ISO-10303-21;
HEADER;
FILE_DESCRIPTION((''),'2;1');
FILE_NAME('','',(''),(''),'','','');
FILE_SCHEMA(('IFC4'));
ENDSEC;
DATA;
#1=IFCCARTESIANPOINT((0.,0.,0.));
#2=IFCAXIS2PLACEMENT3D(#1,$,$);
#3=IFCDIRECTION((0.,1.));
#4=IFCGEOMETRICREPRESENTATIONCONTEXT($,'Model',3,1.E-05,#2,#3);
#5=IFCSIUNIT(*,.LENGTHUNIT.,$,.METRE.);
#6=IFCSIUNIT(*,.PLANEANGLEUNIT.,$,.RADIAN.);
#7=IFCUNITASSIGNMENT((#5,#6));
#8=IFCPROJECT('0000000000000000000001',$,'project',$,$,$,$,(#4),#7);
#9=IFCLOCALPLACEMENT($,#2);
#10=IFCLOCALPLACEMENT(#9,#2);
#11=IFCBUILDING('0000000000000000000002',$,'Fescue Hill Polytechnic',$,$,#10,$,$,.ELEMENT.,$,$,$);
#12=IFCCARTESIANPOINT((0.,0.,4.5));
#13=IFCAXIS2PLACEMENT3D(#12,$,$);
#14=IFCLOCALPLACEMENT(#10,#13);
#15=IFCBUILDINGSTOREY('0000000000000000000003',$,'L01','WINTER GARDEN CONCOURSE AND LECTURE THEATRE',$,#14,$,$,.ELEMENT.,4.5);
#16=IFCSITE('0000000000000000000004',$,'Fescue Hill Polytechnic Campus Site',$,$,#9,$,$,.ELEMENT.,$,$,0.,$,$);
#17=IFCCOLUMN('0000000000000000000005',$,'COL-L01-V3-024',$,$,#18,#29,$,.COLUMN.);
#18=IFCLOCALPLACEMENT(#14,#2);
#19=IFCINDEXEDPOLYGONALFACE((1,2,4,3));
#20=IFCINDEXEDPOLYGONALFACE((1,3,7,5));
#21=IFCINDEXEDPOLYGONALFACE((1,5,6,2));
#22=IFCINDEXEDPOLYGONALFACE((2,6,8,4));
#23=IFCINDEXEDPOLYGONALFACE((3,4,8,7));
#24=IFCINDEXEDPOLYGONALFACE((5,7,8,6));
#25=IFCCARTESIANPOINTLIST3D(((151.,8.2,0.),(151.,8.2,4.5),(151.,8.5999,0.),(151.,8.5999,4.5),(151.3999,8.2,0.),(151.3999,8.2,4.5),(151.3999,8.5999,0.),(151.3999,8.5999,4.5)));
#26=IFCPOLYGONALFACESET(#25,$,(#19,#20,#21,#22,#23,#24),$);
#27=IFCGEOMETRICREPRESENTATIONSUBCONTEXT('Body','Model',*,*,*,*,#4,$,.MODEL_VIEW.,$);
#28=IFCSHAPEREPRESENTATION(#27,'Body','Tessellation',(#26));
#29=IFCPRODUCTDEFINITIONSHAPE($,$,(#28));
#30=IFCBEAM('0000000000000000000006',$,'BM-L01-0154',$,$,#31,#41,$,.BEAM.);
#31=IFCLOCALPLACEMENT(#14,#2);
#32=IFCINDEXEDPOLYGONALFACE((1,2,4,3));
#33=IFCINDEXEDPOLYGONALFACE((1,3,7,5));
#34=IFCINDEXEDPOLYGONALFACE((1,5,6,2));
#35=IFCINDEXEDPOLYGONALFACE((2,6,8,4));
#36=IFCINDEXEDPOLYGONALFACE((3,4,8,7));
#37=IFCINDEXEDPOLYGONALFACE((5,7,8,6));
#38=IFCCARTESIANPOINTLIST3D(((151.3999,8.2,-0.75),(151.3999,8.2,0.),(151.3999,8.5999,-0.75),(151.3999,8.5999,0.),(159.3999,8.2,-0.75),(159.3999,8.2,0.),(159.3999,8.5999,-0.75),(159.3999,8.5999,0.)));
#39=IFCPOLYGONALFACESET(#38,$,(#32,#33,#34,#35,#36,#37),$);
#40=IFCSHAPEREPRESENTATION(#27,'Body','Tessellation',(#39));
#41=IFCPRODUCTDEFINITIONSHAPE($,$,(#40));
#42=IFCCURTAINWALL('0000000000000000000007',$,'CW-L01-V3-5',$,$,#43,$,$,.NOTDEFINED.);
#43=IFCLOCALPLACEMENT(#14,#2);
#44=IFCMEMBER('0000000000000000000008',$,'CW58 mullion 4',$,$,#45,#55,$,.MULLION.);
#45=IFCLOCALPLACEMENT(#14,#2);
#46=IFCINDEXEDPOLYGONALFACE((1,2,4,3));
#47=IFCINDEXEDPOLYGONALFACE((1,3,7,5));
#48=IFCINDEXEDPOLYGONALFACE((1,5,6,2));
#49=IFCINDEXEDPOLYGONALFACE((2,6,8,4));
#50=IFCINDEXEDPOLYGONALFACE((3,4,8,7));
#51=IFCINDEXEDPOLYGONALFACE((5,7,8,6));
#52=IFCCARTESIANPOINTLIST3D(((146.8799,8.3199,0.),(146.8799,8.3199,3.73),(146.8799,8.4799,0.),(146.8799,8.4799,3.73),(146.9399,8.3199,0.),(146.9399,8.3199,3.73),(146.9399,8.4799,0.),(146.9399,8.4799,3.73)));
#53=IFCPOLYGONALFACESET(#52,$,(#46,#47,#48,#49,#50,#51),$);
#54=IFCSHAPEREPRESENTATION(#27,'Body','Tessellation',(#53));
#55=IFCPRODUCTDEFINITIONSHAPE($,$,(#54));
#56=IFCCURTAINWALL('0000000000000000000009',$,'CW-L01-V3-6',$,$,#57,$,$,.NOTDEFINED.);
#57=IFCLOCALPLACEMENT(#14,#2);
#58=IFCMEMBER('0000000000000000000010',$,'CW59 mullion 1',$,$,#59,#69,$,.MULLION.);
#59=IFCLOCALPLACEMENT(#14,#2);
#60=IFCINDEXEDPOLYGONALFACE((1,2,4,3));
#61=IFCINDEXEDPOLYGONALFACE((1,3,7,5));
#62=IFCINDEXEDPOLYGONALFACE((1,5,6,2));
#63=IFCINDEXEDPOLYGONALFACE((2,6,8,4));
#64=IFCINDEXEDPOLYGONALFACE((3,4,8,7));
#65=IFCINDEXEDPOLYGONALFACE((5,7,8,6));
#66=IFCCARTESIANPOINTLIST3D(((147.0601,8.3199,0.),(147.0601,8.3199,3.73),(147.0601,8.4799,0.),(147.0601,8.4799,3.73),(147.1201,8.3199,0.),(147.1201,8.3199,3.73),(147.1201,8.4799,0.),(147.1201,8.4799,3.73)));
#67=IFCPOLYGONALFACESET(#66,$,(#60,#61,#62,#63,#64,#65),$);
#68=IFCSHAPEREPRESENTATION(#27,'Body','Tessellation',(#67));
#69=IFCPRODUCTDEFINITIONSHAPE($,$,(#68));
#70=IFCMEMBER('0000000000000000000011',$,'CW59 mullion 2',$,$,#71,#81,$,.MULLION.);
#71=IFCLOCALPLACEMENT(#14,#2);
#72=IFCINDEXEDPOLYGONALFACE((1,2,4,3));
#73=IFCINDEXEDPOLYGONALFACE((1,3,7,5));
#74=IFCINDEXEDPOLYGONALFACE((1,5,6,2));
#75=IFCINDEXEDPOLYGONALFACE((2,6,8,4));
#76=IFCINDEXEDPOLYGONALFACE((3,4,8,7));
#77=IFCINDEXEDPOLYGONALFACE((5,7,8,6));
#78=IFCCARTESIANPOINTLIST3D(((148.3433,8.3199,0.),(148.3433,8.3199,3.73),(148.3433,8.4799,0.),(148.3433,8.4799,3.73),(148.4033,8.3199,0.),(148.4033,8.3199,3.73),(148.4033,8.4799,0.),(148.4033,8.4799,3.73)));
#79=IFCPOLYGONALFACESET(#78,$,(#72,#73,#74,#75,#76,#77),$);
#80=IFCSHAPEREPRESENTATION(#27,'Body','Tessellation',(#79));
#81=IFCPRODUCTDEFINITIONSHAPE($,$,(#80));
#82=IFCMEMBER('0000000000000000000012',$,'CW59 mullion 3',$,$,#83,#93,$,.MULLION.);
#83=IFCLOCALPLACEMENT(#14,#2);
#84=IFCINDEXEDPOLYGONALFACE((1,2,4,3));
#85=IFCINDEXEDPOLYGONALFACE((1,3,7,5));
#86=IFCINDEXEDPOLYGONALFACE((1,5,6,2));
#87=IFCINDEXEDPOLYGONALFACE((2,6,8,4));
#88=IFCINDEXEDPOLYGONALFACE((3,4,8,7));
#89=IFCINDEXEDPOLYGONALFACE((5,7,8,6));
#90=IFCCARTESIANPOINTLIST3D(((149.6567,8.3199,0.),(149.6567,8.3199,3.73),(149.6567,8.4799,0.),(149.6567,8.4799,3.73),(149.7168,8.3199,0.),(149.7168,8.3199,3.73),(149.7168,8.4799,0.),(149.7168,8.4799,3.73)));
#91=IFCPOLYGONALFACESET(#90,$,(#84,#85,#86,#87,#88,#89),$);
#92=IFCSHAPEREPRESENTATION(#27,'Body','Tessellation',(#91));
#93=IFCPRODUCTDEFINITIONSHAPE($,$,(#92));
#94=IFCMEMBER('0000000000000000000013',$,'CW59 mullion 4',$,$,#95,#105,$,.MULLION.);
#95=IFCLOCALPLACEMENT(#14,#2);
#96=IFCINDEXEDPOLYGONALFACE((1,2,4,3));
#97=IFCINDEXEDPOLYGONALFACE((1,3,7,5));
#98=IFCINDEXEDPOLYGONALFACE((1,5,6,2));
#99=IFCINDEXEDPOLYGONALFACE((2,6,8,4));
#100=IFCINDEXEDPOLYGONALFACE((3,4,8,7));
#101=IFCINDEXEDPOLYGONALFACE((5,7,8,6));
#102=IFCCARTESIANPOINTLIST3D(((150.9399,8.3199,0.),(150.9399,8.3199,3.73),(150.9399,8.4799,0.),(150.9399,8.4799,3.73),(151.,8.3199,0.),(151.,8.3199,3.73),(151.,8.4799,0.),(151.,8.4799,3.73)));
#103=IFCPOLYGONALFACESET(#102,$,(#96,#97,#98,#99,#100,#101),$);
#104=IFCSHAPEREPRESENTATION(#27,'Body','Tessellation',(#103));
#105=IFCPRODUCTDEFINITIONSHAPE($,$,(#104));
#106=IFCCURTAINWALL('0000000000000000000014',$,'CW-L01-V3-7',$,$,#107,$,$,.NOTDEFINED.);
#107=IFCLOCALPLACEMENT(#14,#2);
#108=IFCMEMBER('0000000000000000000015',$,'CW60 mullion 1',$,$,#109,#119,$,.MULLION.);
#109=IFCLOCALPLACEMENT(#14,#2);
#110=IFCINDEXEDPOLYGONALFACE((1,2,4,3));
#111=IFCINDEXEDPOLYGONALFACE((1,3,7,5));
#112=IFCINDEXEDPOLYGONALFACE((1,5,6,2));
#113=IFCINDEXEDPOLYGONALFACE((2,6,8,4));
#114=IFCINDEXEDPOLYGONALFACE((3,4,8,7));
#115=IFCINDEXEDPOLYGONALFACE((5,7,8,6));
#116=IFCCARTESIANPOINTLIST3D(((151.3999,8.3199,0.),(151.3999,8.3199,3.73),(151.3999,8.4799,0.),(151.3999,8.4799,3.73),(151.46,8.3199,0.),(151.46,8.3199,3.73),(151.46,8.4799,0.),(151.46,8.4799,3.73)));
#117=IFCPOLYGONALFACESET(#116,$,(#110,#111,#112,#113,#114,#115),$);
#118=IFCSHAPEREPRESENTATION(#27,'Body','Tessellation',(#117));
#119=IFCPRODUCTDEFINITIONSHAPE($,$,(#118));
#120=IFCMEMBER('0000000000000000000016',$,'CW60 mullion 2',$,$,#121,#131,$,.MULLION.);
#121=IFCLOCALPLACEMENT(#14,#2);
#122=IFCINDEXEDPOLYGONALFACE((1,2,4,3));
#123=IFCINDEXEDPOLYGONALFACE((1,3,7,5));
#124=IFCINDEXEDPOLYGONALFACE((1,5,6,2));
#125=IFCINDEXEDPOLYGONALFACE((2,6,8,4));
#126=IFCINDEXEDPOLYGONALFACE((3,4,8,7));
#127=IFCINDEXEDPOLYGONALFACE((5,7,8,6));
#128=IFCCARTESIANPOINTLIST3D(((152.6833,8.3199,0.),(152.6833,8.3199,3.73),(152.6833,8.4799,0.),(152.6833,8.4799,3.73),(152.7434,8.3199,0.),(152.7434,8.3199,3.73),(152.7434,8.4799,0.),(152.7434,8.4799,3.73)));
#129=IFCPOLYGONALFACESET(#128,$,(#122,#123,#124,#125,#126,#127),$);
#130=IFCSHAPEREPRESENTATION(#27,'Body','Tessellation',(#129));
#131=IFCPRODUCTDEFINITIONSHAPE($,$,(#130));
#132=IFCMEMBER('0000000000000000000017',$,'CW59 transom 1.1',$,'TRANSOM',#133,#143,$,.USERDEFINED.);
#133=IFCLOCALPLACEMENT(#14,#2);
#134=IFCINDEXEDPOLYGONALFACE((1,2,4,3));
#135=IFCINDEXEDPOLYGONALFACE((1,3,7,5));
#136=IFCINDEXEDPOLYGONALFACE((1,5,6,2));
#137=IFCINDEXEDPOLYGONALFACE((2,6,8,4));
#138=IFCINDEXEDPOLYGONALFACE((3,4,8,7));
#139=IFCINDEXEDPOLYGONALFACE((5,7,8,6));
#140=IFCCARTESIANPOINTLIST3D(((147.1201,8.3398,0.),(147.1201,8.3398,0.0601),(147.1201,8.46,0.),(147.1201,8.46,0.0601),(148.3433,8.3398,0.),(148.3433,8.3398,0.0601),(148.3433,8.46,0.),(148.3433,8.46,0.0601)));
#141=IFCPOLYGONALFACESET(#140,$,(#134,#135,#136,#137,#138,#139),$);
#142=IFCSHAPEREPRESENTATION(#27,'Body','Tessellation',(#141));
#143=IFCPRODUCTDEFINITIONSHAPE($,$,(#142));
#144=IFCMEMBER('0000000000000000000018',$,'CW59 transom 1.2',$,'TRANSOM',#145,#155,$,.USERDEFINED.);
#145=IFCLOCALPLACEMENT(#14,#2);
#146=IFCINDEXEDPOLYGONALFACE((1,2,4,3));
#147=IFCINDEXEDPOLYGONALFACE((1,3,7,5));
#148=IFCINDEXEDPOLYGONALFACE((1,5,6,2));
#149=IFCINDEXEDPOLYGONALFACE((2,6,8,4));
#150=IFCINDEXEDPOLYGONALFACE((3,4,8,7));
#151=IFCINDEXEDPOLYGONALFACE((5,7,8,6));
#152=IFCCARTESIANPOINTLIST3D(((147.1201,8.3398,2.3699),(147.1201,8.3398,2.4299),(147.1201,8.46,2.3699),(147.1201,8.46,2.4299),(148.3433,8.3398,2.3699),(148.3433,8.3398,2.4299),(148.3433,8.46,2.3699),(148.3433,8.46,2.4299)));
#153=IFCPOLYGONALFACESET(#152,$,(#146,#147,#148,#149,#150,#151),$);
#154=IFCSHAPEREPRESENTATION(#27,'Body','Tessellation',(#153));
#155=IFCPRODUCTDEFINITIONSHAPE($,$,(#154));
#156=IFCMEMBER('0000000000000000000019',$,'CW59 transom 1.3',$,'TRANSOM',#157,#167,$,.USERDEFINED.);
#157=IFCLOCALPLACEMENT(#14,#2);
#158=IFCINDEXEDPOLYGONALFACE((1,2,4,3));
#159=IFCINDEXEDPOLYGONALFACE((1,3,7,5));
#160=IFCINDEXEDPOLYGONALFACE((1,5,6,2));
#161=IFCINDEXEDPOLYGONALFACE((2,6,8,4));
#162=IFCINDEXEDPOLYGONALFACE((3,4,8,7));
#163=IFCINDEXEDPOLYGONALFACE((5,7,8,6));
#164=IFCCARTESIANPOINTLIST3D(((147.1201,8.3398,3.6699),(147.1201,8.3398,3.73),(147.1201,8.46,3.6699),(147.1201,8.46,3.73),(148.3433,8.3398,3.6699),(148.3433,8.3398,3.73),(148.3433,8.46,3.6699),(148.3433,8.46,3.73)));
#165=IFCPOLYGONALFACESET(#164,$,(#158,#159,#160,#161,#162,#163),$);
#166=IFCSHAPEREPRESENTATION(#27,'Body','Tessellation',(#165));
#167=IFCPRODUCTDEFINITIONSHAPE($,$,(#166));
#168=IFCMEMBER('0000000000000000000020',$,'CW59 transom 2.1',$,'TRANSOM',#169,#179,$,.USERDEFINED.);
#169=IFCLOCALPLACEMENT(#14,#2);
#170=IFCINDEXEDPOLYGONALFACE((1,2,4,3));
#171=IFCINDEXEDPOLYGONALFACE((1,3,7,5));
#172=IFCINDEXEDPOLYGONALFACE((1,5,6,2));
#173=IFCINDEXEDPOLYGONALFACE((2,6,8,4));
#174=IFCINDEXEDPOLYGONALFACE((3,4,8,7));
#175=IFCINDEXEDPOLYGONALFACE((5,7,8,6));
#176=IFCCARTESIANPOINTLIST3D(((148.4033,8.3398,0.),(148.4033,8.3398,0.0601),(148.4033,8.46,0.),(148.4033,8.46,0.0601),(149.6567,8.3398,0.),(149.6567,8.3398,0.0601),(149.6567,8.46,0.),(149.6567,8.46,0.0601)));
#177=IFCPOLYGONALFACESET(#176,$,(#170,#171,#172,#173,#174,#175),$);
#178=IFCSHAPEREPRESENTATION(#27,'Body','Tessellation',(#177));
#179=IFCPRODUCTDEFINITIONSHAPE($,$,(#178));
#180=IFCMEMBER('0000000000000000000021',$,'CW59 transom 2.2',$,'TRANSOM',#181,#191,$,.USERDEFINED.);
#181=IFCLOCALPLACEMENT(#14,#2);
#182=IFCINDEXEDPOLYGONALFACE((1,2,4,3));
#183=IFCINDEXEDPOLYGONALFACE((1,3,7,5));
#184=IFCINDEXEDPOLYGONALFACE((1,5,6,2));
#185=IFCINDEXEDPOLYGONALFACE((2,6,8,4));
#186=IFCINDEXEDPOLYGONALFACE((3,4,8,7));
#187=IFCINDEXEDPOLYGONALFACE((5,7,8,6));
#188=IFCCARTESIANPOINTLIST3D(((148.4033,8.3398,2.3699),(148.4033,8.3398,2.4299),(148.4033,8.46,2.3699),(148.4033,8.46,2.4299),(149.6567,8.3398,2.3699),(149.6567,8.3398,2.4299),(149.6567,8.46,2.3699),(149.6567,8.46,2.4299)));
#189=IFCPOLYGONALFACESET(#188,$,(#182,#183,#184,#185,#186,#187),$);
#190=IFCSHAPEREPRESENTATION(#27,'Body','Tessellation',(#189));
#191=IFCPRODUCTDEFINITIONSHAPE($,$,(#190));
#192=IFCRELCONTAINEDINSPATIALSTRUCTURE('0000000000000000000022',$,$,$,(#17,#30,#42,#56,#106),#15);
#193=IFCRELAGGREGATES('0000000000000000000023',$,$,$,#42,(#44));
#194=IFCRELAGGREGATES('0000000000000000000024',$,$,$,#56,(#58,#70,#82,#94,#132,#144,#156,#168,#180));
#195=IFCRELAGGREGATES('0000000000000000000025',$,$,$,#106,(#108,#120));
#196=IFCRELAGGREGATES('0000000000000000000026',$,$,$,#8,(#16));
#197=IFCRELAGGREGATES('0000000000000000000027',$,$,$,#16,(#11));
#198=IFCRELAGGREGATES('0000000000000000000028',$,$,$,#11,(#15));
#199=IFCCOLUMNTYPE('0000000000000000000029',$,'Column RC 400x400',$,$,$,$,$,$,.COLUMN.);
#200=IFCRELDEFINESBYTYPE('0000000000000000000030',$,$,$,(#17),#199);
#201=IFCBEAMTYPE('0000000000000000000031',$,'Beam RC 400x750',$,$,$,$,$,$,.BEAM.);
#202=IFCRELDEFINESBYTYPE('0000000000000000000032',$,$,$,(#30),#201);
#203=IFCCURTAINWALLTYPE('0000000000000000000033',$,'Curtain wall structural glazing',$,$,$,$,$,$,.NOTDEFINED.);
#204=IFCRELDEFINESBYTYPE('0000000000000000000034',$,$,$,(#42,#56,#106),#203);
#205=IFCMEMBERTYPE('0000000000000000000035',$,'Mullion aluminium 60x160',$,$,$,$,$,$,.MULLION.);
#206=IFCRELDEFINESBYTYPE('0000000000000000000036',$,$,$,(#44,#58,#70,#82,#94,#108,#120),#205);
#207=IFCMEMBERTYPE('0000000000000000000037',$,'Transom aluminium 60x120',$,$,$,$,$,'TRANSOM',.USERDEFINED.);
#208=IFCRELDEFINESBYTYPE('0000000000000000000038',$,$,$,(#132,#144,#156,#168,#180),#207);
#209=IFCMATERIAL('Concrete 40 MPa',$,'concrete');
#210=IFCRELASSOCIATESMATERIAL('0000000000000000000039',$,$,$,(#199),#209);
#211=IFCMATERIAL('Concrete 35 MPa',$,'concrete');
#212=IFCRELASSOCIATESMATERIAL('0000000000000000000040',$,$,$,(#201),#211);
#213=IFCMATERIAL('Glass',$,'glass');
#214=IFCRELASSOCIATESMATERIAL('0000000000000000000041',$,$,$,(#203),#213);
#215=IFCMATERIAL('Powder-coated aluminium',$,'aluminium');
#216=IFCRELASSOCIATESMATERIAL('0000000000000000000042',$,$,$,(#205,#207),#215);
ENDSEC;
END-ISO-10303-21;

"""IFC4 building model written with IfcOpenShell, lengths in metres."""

from ifc_helpers import new_model, si_unit, direction, frame, origin, origin_2d, place, context, subcontext, project, spatial, rectangle, extrude, material, material_profile, profile_set, type_object, element, aggregate, save


model = new_model("IFC4")

# Units and contexts
model_context = context("Model", 3, precision=1e-05, world=origin(), true_north=direction((0.0, 1.0)))
body_context = subcontext(model_context, "Body", "Model", "MODEL_VIEW")
ifc_project = project(units=[si_unit("LENGTHUNIT", "METRE"), si_unit("PLANEANGLEUNIT", "RADIAN")], contexts=[model_context])

# Site, building, storey
site_placement = place(None, origin())
site = spatial("IfcSite", under=ifc_project, at=site_placement, Name="Fescue Hill Polytechnic Campus Site", CompositionType="ELEMENT", RefElevation=0.0)
building_placement = place(site_placement, origin())
building = spatial("IfcBuilding", under=site, at=building_placement, Name="Fescue Hill Polytechnic", CompositionType="ELEMENT")
storey_placement = place(building_placement, frame((0.0, 0.0, 4.5)))
storey = spatial("IfcBuildingStorey", under=building, at=storey_placement, Name="L01", Description="WINTER GARDEN CONCOURSE AND LECTURE THEATRE", CompositionType="ELEMENT", Elevation=4.5)

# Column
ifc_material_1 = material(Name="Concrete 40 MPa", Category="concrete")
ifc_material_profile_1 = material_profile(ifc_material_1, rectangle(XDim=0.3999, YDim=0.3999, at=origin_2d()), Name="RC 400x400")
ifc_profile_set_1 = profile_set([ifc_material_profile_1], Name="Concrete 40 MPa")
column_type = type_object("IfcColumnType", Name="Column RC 400x400", PredefinedType="COLUMN", material=ifc_profile_set_1)
column_placement = place(storey_placement, frame((151.2, 8.3999, 0.0), z_axis=(0.0, 0.0, 1.0), x_axis=(1.0, 0.0, 0.0)))
element("IfcColumn", 1, at=column_placement, inside=storey, type_object=column_type, Name="COL-L01-V3-024", PredefinedType="COLUMN", context=body_context, shape_type="SweptSolid", body=[
    extrude(rectangle(XDim=0.3999, YDim=0.3999, at=origin_2d()), origin(), (0.0, 0.0, 1.0), 4.5),
])

# Beam
ifc_material_2 = material(Name="Concrete 35 MPa", Category="concrete")
ifc_material_profile_2 = material_profile(ifc_material_2, rectangle(XDim=0.3999, YDim=0.75, at=origin_2d()), Name="RC 400x750")
ifc_profile_set_2 = profile_set([ifc_material_profile_2], Name="Concrete 35 MPa")
beam_type = type_object("IfcBeamType", Name="Beam RC 400x750", PredefinedType="BEAM", material=ifc_profile_set_2)
beam_placement = place(storey_placement, frame((151.3999, 8.3999, -0.375), z_axis=(1.0, 0.0, 0.0), x_axis=(0.0, 1.0, 0.0)))
element("IfcBeam", 2, at=beam_placement, inside=storey, type_object=beam_type, Name="BM-L01-0154", PredefinedType="BEAM", context=body_context, shape_type="SweptSolid", body=[
    extrude(rectangle(XDim=0.3999, YDim=0.75, at=origin_2d()), origin(), (0.0, 0.0, 1.0), 8.0),
])

# Curtain wall, member
ifc_material_3 = material(Name="Glass", Category="glass")
curtain_wall_type = type_object("IfcCurtainWallType", Name="Curtain wall structural glazing", PredefinedType="NOTDEFINED", material=ifc_material_3)
curtain_wall_1_placement = place(storey_placement, origin())
curtain_wall_1 = element("IfcCurtainWall", 3, at=curtain_wall_1_placement, inside=storey, type_object=curtain_wall_type, Name="CW-L01-V3-5", PredefinedType="NOTDEFINED")
ifc_material_4 = material(Name="Powder-coated aluminium", Category="aluminium")
ifc_material_profile_3 = material_profile(ifc_material_4, rectangle(XDim=0.1599, YDim=0.0601, at=origin_2d()), Name="Mullion aluminium 60x160")
ifc_profile_set_3 = profile_set([ifc_material_profile_3], Name="Powder-coated aluminium")
member_type_1 = type_object("IfcMemberType", Name="Mullion aluminium 60x160", PredefinedType="MULLION", material=ifc_profile_set_3)
member_1_placement = place(storey_placement, frame((146.9099, 8.3999, 0.0), z_axis=(0.0, 0.0, 1.0), x_axis=(0.0, 1.0, 0.0)))
member_1 = element("IfcMember", 4, at=member_1_placement, type_object=member_type_1, Name="CW58 mullion 4", PredefinedType="MULLION", context=body_context, shape_type="SweptSolid", body=[
    extrude(rectangle(XDim=0.1599, YDim=0.0601, at=origin_2d()), origin(), (0.0, 0.0, 1.0), 3.73),
])
aggregate(curtain_wall_1, [member_1])

# Curtain walls, members
curtain_wall_2_placement = place(storey_placement, origin())
curtain_wall_2 = element("IfcCurtainWall", 5, at=curtain_wall_2_placement, inside=storey, type_object=curtain_wall_type, Name="CW-L01-V3-6", PredefinedType="NOTDEFINED")
member_2_placement = place(storey_placement, frame((147.0901, 8.3999, 0.0), z_axis=(0.0, 0.0, 1.0), x_axis=(0.0, 1.0, 0.0)))
member_2 = element("IfcMember", 6, at=member_2_placement, type_object=member_type_1, Name="CW59 mullion 1", PredefinedType="MULLION", context=body_context, shape_type="SweptSolid", body=[
    extrude(rectangle(XDim=0.1599, YDim=0.0601, at=origin_2d()), origin(), (0.0, 0.0, 1.0), 3.73),
])
member_3_placement = place(storey_placement, frame((148.3733, 8.3999, 0.0), z_axis=(0.0, 0.0, 1.0), x_axis=(0.0, 1.0, 0.0)))
member_3 = element("IfcMember", 7, at=member_3_placement, type_object=member_type_1, Name="CW59 mullion 2", PredefinedType="MULLION", context=body_context, shape_type="SweptSolid", body=[
    extrude(rectangle(XDim=0.1599, YDim=0.0601, at=origin_2d()), origin(), (0.0, 0.0, 1.0), 3.73),
])
member_4_placement = place(storey_placement, frame((149.6868, 8.3999, 0.0), z_axis=(0.0, 0.0, 1.0), x_axis=(0.0, 1.0, 0.0)))
member_4 = element("IfcMember", 8, at=member_4_placement, type_object=member_type_1, Name="CW59 mullion 3", PredefinedType="MULLION", context=body_context, shape_type="SweptSolid", body=[
    extrude(rectangle(XDim=0.1599, YDim=0.0601, at=origin_2d()), origin(), (0.0, 0.0, 1.0), 3.73),
])
member_5_placement = place(storey_placement, frame((150.97, 8.3999, 0.0), z_axis=(0.0, 0.0, 1.0), x_axis=(0.0, 1.0, 0.0)))
member_5 = element("IfcMember", 9, at=member_5_placement, type_object=member_type_1, Name="CW59 mullion 4", PredefinedType="MULLION", context=body_context, shape_type="SweptSolid", body=[
    extrude(rectangle(XDim=0.1599, YDim=0.0601, at=origin_2d()), origin(), (0.0, 0.0, 1.0), 3.73),
])
curtain_wall_3_placement = place(storey_placement, origin())
curtain_wall_3 = element("IfcCurtainWall", 10, at=curtain_wall_3_placement, inside=storey, type_object=curtain_wall_type, Name="CW-L01-V3-7", PredefinedType="NOTDEFINED")
member_6_placement = place(storey_placement, frame((151.4299, 8.3999, 0.0), z_axis=(0.0, 0.0, 1.0), x_axis=(0.0, 1.0, 0.0)))
member_6 = element("IfcMember", 11, at=member_6_placement, type_object=member_type_1, Name="CW60 mullion 1", PredefinedType="MULLION", context=body_context, shape_type="SweptSolid", body=[
    extrude(rectangle(XDim=0.1599, YDim=0.0601, at=origin_2d()), origin(), (0.0, 0.0, 1.0), 3.73),
])
member_7_placement = place(storey_placement, frame((152.7134, 8.3999, 0.0), z_axis=(0.0, 0.0, 1.0), x_axis=(0.0, 1.0, 0.0)))
member_7 = element("IfcMember", 12, at=member_7_placement, type_object=member_type_1, Name="CW60 mullion 2", PredefinedType="MULLION", context=body_context, shape_type="SweptSolid", body=[
    extrude(rectangle(XDim=0.1599, YDim=0.0601, at=origin_2d()), origin(), (0.0, 0.0, 1.0), 3.73),
])

# Members
ifc_material_profile_4 = material_profile(ifc_material_4, rectangle(XDim=0.1201, YDim=0.0601, at=origin_2d()), Name="Transom aluminium 60x120")
ifc_profile_set_4 = profile_set([ifc_material_profile_4], Name="Powder-coated aluminium")
member_type_2 = type_object("IfcMemberType", Name="Transom aluminium 60x120", ElementType="TRANSOM", PredefinedType="USERDEFINED", material=ifc_profile_set_4)
member_8_placement = place(storey_placement, frame((147.1201, 8.3999, 0.03), z_axis=(1.0, 0.0, 0.0), x_axis=(0.0, 1.0, 0.0)))
member_8 = element("IfcMember", 13, at=member_8_placement, type_object=member_type_2, Name="CW59 transom 1.1", ObjectType="TRANSOM", PredefinedType="USERDEFINED", context=body_context, shape_type="SweptSolid", body=[
    extrude(rectangle(XDim=0.1201, YDim=0.0601, at=origin_2d()), origin(), (0.0, 0.0, 1.0), 1.2231),
])
member_9_placement = place(storey_placement, frame((147.1201, 8.3999, 2.3999), z_axis=(1.0, 0.0, 0.0), x_axis=(0.0, 1.0, 0.0)))
member_9 = element("IfcMember", 14, at=member_9_placement, type_object=member_type_2, Name="CW59 transom 1.2", ObjectType="TRANSOM", PredefinedType="USERDEFINED", context=body_context, shape_type="SweptSolid", body=[
    extrude(rectangle(XDim=0.1201, YDim=0.0601, at=origin_2d()), origin(), (0.0, 0.0, 1.0), 1.2231),
])
member_10_placement = place(storey_placement, frame((147.1201, 8.3999, 3.7), z_axis=(1.0, 0.0, 0.0), x_axis=(0.0, 1.0, 0.0)))
member_10 = element("IfcMember", 15, at=member_10_placement, type_object=member_type_2, Name="CW59 transom 1.3", ObjectType="TRANSOM", PredefinedType="USERDEFINED", context=body_context, shape_type="SweptSolid", body=[
    extrude(rectangle(XDim=0.1201, YDim=0.0601, at=origin_2d()), origin(), (0.0, 0.0, 1.0), 1.2231),
])
member_11_placement = place(storey_placement, frame((148.4033, 8.3999, 0.03), z_axis=(1.0, 0.0, 0.0), x_axis=(0.0, 1.0, 0.0)))
member_11 = element("IfcMember", 16, at=member_11_placement, type_object=member_type_2, Name="CW59 transom 2.1", ObjectType="TRANSOM", PredefinedType="USERDEFINED", context=body_context, shape_type="SweptSolid", body=[
    extrude(rectangle(XDim=0.1201, YDim=0.0601, at=origin_2d()), origin(), (0.0, 0.0, 1.0), 1.2534),
])
member_12_placement = place(storey_placement, frame((148.4033, 8.3999, 2.3999), z_axis=(1.0, 0.0, 0.0), x_axis=(0.0, 1.0, 0.0)))
member_12 = element("IfcMember", 17, at=member_12_placement, type_object=member_type_2, Name="CW59 transom 2.2", ObjectType="TRANSOM", PredefinedType="USERDEFINED", context=body_context, shape_type="SweptSolid", body=[
    extrude(rectangle(XDim=0.1201, YDim=0.0601, at=origin_2d()), origin(), (0.0, 0.0, 1.0), 1.2534),
])

aggregate(curtain_wall_2, [member_2, member_3, member_4, member_5, member_8, member_9, member_10, member_11, member_12])
aggregate(curtain_wall_3, [member_6, member_7])

save(model, "model.ifc")
